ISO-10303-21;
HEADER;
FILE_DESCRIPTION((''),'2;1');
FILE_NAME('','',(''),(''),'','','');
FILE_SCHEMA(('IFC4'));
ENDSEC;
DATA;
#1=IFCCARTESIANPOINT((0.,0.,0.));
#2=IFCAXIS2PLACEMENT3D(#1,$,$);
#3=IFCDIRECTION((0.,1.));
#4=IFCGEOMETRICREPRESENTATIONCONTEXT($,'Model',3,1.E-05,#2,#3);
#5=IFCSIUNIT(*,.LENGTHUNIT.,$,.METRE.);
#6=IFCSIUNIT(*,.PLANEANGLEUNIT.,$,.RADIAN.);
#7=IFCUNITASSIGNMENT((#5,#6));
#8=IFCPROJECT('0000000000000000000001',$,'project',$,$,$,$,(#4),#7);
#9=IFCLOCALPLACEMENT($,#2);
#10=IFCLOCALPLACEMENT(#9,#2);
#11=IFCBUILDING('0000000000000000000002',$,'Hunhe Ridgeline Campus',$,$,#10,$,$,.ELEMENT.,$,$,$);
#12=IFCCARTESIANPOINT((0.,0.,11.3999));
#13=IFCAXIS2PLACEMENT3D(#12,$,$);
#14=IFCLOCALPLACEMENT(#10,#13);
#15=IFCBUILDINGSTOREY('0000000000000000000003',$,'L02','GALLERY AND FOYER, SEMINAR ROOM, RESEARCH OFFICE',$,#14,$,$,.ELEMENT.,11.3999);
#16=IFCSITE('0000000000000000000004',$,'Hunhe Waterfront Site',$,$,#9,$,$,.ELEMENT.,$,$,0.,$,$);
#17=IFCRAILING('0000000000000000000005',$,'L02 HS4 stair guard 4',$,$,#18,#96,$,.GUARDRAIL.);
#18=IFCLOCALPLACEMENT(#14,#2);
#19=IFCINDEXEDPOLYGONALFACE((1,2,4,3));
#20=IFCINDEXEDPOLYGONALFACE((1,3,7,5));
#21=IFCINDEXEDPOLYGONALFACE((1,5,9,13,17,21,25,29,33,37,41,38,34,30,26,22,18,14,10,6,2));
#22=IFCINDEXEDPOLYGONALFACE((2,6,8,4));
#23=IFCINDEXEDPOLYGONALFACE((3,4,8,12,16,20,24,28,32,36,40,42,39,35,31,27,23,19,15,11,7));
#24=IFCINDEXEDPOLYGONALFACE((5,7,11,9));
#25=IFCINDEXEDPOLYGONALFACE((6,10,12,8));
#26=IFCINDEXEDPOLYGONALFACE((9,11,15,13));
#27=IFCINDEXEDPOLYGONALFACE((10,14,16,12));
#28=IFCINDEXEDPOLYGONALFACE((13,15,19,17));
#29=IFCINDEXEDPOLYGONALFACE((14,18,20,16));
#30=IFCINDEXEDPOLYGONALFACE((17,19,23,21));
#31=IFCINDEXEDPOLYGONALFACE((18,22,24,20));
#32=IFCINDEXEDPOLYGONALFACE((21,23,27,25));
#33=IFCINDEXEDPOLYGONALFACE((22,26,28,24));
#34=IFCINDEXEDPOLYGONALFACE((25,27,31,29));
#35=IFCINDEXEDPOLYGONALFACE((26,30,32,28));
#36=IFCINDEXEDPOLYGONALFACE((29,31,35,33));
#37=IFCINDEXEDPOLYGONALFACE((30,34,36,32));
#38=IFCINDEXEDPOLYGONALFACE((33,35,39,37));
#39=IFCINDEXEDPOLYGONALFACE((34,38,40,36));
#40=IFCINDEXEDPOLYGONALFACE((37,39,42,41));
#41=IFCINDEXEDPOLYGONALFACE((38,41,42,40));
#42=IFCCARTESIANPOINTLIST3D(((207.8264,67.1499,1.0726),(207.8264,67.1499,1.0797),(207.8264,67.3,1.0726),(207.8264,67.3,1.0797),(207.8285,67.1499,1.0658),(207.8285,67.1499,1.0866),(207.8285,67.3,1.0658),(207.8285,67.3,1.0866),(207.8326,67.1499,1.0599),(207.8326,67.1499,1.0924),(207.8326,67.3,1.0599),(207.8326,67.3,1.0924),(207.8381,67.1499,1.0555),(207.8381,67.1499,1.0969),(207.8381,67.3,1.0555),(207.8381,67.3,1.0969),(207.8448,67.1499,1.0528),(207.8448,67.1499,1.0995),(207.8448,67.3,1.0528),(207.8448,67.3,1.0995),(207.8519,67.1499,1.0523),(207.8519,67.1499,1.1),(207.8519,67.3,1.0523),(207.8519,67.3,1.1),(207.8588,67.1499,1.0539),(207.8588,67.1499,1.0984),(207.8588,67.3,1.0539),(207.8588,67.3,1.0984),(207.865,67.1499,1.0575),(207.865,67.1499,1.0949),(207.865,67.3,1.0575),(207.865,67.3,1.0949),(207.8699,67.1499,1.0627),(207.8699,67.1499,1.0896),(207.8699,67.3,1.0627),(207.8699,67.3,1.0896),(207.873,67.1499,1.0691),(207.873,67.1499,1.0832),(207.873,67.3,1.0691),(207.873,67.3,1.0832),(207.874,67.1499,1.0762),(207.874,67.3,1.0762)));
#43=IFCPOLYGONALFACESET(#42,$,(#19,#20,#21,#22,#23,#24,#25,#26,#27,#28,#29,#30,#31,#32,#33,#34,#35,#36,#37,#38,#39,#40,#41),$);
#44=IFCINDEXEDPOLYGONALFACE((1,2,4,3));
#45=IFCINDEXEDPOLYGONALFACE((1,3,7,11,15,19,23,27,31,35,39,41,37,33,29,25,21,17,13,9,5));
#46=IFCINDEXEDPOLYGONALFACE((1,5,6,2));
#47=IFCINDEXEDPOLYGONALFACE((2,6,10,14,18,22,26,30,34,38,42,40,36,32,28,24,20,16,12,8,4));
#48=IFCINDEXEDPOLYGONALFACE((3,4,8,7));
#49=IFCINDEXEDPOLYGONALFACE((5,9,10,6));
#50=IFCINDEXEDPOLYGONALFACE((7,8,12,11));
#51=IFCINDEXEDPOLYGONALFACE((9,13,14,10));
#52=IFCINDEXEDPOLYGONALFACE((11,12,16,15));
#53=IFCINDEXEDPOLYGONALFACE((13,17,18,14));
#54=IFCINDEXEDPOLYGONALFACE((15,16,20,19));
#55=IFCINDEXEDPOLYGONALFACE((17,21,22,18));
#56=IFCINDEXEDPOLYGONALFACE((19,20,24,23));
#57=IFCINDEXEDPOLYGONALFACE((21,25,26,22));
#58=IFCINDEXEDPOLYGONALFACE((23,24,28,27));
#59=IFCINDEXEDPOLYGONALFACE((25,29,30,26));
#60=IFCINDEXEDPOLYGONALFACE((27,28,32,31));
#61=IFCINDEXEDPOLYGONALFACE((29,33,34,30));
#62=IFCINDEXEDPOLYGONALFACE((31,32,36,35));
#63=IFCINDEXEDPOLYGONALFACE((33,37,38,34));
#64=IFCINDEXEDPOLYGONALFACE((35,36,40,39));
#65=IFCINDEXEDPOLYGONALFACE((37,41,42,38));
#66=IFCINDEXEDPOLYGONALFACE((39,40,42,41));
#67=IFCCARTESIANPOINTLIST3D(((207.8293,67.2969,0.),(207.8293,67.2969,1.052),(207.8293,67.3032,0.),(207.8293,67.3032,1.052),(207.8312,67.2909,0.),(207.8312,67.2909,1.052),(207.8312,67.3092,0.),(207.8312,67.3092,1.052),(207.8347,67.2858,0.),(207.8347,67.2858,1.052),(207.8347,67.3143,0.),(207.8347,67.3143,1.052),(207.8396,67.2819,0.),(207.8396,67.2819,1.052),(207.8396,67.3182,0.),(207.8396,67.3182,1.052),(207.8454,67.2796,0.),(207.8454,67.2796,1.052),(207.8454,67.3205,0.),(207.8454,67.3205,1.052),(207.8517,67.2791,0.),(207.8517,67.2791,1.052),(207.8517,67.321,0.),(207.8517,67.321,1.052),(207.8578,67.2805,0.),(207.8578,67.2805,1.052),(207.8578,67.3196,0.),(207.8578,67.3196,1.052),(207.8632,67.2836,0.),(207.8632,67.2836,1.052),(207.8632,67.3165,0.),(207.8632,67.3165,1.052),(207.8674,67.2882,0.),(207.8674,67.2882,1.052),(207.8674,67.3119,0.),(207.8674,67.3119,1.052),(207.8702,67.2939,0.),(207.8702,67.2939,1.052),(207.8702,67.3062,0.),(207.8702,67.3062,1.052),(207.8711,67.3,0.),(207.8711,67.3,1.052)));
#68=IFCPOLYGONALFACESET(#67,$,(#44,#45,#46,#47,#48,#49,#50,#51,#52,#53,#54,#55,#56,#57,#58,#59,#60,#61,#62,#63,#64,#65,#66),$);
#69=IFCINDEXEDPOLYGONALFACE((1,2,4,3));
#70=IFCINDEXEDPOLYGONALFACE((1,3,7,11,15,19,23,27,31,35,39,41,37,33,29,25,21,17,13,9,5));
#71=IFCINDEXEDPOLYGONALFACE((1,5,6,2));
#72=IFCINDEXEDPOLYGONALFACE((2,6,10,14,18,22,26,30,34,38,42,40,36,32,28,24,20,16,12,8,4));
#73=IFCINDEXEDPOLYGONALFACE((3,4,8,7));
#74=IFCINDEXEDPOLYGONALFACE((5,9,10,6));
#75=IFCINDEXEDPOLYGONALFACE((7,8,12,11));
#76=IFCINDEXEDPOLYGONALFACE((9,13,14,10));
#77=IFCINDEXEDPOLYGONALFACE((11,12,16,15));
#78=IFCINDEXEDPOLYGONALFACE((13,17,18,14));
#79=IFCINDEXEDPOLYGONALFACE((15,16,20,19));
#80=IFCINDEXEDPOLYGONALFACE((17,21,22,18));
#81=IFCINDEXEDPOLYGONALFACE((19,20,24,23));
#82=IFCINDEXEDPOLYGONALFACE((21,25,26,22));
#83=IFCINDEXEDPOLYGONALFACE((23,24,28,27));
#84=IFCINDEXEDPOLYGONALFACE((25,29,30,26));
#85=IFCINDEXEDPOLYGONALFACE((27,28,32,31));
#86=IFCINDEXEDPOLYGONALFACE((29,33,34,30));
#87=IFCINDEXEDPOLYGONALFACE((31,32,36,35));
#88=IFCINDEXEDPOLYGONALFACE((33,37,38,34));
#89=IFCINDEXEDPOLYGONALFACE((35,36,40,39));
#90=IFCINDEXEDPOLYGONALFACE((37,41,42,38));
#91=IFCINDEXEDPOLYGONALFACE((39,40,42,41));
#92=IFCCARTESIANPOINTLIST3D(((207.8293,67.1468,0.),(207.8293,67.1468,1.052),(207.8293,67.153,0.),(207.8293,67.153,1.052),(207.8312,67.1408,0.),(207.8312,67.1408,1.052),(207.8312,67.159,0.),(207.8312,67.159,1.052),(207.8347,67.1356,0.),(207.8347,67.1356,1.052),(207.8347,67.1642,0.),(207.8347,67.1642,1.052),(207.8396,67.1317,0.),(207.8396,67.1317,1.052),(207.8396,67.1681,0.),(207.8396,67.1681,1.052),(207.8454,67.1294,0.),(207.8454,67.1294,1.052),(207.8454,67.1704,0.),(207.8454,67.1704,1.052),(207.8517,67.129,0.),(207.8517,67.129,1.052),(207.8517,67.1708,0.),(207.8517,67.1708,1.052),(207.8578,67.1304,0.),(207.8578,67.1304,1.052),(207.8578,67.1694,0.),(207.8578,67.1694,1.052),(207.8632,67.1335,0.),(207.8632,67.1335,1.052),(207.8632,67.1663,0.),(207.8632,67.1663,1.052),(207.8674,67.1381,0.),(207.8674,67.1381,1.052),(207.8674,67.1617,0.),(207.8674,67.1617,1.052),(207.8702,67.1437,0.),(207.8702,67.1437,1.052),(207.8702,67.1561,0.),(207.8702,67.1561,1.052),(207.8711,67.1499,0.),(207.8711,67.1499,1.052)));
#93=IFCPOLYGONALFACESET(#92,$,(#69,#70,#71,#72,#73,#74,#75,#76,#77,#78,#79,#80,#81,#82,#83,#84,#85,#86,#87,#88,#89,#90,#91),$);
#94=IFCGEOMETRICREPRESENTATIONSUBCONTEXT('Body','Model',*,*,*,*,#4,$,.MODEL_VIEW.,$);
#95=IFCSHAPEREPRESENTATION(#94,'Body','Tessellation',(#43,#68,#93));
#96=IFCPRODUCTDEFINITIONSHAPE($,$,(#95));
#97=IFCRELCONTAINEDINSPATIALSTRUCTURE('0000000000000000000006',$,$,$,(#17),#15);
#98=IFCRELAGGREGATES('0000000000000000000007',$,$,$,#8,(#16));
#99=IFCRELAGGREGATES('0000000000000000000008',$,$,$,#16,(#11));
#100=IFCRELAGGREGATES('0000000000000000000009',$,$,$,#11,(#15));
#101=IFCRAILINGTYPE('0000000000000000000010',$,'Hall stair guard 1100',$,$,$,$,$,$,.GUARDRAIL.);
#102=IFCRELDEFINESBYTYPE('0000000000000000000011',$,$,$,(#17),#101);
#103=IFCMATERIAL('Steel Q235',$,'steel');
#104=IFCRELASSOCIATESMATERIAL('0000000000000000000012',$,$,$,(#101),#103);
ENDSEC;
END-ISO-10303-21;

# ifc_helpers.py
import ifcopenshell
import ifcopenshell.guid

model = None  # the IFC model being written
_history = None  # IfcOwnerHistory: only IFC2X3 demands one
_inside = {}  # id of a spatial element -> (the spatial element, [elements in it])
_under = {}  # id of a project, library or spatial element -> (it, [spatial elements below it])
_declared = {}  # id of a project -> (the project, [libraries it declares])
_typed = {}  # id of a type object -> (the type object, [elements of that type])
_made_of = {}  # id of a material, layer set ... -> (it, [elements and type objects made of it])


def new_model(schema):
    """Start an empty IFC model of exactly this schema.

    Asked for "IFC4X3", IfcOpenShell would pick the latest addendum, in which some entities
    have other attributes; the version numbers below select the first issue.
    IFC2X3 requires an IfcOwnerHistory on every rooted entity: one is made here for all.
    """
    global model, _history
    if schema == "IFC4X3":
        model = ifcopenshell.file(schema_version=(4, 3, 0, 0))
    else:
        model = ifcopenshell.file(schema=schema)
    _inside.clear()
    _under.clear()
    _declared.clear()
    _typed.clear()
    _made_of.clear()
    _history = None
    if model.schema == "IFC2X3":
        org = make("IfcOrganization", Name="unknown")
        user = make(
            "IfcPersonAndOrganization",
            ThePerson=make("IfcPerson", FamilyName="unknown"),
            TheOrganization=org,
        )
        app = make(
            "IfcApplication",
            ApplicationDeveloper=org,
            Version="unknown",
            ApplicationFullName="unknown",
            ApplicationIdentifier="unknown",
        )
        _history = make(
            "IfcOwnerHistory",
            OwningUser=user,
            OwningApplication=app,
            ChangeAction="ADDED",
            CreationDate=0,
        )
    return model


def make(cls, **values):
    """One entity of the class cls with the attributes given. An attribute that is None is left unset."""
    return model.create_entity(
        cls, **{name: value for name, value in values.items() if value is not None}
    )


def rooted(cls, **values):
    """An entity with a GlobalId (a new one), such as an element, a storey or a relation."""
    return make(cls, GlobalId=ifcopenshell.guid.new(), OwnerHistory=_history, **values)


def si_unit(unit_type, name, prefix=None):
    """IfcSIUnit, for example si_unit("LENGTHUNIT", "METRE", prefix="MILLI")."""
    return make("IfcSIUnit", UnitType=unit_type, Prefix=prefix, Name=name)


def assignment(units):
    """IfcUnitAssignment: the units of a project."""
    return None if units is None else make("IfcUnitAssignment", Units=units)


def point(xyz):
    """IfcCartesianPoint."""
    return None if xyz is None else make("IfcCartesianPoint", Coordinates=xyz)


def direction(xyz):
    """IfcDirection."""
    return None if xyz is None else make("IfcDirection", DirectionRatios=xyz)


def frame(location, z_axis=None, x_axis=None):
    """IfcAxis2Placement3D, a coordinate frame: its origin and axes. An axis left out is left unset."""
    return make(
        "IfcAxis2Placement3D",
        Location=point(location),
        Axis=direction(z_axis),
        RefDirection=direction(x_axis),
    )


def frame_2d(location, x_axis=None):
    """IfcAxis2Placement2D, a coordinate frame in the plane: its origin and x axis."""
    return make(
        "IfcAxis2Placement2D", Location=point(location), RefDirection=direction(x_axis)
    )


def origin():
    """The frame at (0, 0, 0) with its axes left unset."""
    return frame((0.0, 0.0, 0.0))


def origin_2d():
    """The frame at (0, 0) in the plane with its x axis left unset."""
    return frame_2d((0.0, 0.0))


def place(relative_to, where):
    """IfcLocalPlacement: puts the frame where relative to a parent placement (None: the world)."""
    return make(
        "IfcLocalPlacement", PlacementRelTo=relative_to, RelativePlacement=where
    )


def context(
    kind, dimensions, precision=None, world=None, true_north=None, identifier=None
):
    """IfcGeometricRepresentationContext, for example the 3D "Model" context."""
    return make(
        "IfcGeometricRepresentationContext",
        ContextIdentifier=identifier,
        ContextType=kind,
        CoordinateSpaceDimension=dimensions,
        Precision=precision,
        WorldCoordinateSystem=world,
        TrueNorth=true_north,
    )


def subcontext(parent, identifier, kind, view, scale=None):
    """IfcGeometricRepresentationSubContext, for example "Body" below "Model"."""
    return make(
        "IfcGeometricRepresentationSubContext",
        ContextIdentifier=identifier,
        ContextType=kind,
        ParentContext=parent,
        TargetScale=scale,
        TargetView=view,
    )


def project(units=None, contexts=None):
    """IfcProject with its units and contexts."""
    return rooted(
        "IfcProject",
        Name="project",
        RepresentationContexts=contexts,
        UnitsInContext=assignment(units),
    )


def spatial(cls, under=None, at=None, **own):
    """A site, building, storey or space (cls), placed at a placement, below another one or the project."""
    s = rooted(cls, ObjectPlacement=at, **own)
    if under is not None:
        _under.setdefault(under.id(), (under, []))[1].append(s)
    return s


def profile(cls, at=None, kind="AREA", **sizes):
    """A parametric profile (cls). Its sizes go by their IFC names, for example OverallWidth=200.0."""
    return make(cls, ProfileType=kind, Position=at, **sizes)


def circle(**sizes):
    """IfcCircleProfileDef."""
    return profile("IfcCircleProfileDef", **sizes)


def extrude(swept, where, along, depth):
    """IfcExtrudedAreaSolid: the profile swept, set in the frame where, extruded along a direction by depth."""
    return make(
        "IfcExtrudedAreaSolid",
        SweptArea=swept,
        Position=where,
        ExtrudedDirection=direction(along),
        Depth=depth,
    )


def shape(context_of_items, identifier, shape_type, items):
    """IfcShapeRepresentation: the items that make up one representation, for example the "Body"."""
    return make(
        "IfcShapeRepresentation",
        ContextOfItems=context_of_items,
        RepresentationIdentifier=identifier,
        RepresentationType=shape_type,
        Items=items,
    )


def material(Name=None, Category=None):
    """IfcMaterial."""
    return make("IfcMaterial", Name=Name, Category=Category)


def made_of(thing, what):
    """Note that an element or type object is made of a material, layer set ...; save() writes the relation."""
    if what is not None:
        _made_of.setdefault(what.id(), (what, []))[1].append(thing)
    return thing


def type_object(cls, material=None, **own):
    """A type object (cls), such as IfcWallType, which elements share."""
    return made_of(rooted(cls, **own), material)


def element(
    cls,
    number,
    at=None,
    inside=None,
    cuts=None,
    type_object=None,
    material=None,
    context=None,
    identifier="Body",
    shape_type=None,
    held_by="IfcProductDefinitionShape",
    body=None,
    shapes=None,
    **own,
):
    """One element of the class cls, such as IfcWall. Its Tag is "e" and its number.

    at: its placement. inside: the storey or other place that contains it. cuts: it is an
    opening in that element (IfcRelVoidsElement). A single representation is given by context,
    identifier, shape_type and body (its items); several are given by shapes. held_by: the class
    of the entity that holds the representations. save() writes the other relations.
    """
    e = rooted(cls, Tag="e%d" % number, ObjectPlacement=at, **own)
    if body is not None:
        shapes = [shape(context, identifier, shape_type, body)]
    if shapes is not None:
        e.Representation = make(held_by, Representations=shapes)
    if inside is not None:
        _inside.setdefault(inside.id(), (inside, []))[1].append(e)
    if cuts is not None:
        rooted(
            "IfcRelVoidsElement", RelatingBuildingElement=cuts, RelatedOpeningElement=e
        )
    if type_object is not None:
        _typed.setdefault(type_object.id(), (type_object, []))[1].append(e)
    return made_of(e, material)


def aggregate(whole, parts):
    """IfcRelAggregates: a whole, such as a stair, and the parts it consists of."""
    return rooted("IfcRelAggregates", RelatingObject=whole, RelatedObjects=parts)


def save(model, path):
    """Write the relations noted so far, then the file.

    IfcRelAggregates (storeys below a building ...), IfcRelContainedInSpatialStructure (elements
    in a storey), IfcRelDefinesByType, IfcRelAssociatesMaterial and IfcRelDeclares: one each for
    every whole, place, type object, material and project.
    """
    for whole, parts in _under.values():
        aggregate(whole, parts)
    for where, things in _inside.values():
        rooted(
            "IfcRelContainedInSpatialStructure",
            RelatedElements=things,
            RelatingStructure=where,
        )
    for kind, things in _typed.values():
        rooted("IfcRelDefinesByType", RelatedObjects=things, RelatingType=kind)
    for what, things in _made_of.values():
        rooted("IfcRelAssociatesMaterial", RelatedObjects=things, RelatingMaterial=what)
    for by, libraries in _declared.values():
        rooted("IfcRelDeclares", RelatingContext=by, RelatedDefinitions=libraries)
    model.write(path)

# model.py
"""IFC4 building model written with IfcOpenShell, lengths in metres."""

from ifc_helpers import new_model, si_unit, direction, frame, origin, origin_2d, place, context, subcontext, project, spatial, circle, extrude, material, type_object, element, save


model = new_model("IFC4")

# Units and contexts
model_context = context("Model", 3, precision=1e-05, world=origin(), true_north=direction((0.0, 1.0)))
body_context = subcontext(model_context, "Body", "Model", "MODEL_VIEW")
ifc_project = project(units=[si_unit("LENGTHUNIT", "METRE"), si_unit("PLANEANGLEUNIT", "RADIAN")], contexts=[model_context])

# Site, building, storey
site_placement = place(None, origin())
site = spatial("IfcSite", under=ifc_project, at=site_placement, Name="Hunhe Waterfront Site", CompositionType="ELEMENT", RefElevation=0.0)
building_placement = place(site_placement, origin())
building = spatial("IfcBuilding", under=site, at=building_placement, Name="Hunhe Ridgeline Campus", CompositionType="ELEMENT")
storey_placement = place(building_placement, frame((0.0, 0.0, 11.3999)))
storey = spatial("IfcBuildingStorey", under=building, at=storey_placement, Name="L02", Description="GALLERY AND FOYER, SEMINAR ROOM, RESEARCH OFFICE", CompositionType="ELEMENT", Elevation=11.3999)

# Railing
ifc_material_1 = material(Name="Steel Q235", Category="steel")
railing_type_1 = type_object("IfcRailingType", Name="Hall stair guard 1100", PredefinedType="GUARDRAIL", material=ifc_material_1)
railing_1_placement = place(storey_placement, frame((207.8501, 67.3, 0.0)))
element("IfcRailing", 1, at=railing_1_placement, inside=storey, type_object=railing_type_1, Name="L02 HS4 stair guard 4", PredefinedType="GUARDRAIL", context=body_context, shape_type="SweptSolid", body=[
    extrude(circle(Radius=0.0239, at=origin_2d()), frame((0.0, 0.0, 1.0762), z_axis=(0.0, -1.0, 0.0), x_axis=(1.0, 0.0, 0.0)), (0.0, 0.0, 1.0), 0.1501),
    extrude(circle(Radius=0.021, at=origin_2d()), origin(), (0.0, 0.0, 1.0), 1.052),
    extrude(circle(Radius=0.021, at=origin_2d()), frame((0.0, -0.1501, 0.0)), (0.0, 0.0, 1.0), 1.052),
])

save(model, "model.ifc")
